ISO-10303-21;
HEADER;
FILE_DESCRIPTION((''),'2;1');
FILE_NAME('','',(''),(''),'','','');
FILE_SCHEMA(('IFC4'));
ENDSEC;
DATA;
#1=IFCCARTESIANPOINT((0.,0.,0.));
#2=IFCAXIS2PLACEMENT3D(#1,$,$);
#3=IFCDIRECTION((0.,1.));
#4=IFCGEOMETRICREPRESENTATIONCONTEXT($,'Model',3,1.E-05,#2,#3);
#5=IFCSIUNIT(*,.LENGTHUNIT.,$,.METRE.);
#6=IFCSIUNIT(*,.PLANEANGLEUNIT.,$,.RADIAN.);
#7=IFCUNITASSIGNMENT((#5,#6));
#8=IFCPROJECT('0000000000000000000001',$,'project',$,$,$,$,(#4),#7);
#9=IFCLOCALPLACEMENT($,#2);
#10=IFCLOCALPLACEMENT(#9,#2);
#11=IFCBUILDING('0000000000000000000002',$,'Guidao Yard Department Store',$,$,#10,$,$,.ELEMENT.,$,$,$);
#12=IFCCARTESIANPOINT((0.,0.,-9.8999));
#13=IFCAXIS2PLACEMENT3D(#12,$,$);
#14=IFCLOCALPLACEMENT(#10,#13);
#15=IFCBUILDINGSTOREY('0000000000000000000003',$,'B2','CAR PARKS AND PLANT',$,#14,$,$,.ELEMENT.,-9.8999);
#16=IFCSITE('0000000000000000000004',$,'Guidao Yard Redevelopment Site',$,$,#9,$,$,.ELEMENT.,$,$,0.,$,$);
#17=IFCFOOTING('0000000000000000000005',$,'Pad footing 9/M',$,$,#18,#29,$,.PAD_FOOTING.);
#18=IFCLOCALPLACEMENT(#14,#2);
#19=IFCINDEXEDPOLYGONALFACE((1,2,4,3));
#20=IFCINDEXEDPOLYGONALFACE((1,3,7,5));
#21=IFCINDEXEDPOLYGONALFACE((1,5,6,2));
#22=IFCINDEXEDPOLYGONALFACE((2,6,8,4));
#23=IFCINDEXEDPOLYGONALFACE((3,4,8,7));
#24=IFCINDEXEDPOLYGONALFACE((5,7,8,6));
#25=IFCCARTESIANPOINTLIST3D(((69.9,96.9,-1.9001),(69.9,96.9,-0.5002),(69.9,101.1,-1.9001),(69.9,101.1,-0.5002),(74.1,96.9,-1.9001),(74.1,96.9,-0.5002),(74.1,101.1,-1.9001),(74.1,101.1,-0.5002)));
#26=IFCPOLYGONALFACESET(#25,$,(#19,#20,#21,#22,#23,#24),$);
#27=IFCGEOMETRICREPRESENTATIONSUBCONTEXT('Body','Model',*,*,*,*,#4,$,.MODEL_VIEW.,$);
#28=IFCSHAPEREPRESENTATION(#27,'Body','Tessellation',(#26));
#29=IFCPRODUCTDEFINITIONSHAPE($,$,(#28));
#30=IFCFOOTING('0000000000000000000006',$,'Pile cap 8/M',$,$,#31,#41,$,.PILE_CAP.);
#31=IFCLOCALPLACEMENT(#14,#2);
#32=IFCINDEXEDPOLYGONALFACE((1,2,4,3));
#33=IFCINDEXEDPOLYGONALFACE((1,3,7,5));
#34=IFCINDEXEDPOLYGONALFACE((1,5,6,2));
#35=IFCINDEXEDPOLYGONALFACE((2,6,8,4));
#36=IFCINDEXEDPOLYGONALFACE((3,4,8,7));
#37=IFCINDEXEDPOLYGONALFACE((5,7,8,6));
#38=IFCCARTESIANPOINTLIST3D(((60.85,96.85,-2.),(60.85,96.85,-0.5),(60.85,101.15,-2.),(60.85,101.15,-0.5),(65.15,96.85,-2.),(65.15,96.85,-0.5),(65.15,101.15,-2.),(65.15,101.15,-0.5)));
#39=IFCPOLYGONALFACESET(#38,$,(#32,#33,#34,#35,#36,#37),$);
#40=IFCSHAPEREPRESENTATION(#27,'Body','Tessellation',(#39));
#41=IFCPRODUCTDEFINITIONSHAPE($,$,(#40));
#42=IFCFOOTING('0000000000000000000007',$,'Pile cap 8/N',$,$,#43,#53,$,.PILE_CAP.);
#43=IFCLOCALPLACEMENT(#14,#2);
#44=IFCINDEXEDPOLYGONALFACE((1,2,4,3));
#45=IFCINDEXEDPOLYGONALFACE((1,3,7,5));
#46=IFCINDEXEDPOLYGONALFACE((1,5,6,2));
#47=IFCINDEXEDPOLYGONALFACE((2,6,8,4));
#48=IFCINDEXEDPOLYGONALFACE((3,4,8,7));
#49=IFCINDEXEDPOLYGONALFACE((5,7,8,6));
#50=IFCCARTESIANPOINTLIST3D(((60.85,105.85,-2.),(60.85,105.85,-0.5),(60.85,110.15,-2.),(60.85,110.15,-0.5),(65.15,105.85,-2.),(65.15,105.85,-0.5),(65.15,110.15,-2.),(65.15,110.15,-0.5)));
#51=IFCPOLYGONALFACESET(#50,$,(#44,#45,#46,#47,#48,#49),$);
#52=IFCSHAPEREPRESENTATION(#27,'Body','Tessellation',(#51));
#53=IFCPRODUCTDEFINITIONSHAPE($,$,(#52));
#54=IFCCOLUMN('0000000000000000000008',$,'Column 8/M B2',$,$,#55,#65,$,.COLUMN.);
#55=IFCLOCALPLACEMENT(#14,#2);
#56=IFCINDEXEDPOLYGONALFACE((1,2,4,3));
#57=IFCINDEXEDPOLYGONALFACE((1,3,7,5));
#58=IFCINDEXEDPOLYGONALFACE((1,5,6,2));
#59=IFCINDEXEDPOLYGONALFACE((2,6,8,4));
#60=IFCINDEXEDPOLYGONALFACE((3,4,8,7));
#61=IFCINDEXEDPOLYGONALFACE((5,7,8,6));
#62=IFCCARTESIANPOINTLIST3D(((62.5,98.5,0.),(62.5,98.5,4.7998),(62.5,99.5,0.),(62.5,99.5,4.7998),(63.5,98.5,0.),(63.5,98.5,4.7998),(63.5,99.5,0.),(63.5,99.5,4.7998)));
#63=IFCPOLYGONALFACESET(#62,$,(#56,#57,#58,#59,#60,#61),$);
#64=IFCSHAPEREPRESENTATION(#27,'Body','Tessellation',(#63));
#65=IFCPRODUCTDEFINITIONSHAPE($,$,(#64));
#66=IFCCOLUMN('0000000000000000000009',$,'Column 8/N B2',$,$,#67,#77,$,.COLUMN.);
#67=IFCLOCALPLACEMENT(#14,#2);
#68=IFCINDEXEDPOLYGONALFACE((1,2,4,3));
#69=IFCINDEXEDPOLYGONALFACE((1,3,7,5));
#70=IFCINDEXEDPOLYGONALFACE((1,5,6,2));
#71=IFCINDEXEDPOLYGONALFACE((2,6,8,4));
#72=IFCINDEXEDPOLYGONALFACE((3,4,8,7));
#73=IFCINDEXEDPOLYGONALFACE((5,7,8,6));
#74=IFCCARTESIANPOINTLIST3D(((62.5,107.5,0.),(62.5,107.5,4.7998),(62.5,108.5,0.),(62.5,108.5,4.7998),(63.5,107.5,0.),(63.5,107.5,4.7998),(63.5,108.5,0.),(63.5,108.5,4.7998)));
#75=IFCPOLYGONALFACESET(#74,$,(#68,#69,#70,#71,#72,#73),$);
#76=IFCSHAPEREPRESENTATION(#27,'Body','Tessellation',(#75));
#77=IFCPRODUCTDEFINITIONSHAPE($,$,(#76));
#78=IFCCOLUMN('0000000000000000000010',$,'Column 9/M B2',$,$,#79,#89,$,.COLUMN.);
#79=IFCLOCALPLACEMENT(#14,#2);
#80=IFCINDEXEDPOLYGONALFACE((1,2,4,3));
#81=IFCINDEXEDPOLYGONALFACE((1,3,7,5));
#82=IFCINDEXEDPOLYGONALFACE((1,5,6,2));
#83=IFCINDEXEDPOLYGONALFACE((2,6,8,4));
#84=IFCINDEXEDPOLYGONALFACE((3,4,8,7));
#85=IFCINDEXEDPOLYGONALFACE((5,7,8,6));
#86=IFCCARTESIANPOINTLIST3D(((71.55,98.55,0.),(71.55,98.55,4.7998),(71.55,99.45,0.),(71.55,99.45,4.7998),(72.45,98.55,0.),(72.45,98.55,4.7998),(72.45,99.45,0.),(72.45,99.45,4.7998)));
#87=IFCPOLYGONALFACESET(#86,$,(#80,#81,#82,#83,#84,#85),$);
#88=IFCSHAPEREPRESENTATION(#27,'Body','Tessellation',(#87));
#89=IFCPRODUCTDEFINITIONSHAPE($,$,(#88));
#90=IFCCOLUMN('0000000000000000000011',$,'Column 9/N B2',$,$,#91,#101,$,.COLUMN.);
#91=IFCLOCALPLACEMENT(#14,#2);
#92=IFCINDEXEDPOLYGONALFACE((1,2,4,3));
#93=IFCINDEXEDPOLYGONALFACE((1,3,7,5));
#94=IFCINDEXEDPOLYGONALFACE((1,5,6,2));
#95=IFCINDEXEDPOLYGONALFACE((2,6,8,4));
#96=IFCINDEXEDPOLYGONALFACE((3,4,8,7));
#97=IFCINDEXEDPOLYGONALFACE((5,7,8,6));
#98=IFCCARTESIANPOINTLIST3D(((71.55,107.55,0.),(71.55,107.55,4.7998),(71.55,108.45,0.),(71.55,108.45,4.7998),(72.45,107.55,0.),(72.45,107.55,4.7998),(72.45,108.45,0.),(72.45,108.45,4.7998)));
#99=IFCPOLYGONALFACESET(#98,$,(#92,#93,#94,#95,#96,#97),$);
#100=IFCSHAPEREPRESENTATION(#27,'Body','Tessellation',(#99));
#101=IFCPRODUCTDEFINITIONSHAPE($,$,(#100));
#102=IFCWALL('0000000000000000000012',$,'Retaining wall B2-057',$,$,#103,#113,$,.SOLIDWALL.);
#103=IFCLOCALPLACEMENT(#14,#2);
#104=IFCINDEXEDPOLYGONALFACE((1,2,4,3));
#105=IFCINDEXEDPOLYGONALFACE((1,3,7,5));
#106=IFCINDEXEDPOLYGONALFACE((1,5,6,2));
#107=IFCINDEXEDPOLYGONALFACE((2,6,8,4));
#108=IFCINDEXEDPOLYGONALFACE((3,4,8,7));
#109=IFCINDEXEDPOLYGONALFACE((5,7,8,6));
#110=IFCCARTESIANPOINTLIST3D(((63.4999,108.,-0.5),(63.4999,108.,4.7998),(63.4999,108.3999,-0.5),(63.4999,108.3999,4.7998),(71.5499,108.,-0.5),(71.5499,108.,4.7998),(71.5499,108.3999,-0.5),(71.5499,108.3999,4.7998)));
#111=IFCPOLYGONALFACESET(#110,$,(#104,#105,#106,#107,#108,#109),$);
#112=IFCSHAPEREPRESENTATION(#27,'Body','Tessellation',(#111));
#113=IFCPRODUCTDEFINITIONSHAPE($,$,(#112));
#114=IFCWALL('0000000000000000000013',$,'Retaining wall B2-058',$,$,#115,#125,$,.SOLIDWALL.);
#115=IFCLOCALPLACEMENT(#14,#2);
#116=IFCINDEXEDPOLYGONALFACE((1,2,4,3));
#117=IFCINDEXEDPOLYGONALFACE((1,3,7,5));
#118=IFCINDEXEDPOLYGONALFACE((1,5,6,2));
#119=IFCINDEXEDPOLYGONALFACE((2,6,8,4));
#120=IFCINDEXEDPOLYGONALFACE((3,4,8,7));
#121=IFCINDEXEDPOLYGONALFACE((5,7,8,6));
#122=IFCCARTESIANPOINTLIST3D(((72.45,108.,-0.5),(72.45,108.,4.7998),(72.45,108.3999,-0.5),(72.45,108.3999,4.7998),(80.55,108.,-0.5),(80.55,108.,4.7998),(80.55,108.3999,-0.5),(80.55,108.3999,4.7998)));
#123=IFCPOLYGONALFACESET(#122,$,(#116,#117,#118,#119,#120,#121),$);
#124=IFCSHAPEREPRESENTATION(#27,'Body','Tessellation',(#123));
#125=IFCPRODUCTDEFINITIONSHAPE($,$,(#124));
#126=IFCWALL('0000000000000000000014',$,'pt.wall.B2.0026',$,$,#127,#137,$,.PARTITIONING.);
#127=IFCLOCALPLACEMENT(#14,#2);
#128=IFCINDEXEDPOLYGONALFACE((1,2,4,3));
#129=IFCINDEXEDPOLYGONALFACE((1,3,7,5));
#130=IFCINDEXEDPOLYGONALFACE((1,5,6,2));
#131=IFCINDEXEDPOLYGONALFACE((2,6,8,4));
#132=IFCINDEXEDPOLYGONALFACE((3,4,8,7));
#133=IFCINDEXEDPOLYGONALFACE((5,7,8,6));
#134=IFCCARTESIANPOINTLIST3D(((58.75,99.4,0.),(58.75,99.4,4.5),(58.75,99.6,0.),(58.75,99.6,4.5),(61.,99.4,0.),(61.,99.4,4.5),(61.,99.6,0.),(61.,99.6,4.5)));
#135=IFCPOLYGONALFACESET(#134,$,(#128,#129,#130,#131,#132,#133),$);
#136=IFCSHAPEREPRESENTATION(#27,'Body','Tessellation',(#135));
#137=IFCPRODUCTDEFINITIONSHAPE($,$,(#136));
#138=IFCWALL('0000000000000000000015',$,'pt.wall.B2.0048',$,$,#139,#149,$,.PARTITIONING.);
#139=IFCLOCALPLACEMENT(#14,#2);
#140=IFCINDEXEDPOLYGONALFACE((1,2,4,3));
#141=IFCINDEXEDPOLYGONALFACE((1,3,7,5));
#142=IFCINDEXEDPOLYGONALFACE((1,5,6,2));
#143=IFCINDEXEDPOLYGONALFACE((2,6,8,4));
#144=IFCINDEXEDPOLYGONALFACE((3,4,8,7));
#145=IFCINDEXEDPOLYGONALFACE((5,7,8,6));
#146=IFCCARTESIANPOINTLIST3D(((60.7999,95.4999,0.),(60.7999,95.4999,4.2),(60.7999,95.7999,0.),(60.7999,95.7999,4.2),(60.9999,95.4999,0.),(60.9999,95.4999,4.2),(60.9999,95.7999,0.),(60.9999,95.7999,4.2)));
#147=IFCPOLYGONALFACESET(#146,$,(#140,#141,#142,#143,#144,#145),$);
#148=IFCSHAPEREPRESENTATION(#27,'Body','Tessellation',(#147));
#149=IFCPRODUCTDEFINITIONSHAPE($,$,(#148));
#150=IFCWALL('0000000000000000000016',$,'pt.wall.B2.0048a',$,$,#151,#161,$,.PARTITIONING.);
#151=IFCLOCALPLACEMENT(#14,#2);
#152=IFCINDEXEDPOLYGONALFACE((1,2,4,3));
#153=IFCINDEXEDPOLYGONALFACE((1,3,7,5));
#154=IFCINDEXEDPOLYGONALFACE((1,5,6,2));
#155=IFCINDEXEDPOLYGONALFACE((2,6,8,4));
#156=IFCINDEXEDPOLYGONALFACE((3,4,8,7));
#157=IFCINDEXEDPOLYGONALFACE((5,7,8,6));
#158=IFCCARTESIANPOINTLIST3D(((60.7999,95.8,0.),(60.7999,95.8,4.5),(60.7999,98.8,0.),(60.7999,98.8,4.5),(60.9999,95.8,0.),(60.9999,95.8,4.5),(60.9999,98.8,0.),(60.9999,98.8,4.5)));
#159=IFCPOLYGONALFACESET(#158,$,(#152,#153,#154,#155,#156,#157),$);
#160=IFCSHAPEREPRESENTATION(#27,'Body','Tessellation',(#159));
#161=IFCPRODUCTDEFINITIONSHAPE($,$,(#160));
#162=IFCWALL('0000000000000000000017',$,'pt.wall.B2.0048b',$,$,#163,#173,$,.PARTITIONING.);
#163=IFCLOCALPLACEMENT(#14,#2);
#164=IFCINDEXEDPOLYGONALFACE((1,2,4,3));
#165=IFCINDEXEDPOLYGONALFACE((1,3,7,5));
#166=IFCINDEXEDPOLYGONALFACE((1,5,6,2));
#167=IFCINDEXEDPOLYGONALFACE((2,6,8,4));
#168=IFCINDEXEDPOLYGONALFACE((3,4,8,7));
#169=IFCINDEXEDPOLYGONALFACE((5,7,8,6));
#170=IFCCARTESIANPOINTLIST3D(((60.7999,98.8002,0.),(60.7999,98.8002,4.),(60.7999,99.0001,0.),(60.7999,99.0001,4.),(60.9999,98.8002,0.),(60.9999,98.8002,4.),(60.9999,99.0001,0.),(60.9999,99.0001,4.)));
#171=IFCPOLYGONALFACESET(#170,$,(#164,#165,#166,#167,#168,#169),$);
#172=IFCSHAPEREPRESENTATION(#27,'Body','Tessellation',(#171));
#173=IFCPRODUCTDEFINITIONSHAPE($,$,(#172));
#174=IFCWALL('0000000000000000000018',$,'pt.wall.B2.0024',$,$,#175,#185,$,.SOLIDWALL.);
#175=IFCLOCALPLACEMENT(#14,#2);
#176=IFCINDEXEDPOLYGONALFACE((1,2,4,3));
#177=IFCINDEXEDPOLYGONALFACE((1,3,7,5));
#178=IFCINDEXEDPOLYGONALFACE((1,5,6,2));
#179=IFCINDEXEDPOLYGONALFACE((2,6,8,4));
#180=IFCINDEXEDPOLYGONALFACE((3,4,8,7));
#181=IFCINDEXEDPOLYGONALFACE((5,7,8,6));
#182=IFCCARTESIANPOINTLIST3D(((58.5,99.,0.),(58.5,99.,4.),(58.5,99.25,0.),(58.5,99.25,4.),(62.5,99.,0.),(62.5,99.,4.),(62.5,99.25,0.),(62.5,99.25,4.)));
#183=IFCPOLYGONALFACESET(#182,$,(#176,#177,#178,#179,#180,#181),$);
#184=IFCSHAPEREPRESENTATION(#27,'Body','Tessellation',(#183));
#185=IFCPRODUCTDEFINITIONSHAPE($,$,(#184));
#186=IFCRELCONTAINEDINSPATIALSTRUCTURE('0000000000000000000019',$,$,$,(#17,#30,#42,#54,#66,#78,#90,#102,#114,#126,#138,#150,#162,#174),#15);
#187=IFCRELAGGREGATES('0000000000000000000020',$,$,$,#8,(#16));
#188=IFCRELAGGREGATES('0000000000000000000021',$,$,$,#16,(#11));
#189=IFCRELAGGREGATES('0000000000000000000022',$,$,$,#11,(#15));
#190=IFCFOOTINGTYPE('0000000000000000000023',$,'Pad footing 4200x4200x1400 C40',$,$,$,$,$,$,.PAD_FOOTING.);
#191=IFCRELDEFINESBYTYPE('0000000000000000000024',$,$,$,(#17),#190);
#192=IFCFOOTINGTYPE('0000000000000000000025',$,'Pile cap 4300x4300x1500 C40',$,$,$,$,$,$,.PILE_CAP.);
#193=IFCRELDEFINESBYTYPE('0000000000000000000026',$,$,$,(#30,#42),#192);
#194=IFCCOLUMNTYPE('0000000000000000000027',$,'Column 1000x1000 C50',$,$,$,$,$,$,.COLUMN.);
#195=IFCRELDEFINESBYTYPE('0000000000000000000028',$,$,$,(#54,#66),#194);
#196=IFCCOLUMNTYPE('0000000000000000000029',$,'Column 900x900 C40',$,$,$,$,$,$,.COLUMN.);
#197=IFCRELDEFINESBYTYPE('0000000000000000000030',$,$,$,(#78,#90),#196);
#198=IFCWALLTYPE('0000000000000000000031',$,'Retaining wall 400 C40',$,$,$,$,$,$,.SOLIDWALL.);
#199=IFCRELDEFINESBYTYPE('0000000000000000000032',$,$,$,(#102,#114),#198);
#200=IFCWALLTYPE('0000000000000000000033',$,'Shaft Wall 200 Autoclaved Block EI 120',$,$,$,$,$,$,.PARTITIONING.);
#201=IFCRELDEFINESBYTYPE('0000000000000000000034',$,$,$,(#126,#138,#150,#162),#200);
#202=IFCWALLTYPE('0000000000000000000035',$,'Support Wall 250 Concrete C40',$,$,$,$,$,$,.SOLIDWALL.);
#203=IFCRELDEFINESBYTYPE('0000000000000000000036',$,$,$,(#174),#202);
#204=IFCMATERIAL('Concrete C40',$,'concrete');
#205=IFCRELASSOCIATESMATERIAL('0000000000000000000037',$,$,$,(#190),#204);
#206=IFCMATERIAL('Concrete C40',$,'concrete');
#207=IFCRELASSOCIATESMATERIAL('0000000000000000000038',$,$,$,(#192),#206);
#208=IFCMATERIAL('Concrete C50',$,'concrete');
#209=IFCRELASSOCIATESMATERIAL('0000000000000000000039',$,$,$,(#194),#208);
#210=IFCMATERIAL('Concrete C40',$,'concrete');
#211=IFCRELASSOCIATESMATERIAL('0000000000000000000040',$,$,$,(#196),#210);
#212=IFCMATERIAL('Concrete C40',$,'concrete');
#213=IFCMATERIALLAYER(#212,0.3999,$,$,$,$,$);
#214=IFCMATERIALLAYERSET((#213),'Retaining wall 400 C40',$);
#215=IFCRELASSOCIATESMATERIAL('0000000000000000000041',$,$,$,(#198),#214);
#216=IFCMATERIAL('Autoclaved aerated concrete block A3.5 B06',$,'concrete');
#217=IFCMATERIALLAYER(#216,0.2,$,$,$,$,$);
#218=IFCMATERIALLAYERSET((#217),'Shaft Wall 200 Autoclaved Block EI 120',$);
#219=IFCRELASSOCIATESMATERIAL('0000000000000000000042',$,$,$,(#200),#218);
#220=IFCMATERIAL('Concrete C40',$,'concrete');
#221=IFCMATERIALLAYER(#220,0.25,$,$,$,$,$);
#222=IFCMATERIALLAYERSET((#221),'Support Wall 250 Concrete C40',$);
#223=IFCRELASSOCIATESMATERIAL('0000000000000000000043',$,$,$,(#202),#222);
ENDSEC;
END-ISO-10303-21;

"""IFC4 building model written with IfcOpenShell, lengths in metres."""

from ifc_helpers import new_model, si_unit, direction, frame, frame_2d, origin, origin_2d, place, context, subcontext, project, spatial, rectangle, extrude, material, layer, layer_set, material_profile, profile_set, type_object, element, save


model = new_model("IFC4")

# Units and contexts
model_context = context("Model", 3, precision=1e-05, world=origin(), true_north=direction((0.0, 1.0)))
body_context = subcontext(model_context, "Body", "Model", "MODEL_VIEW")
ifc_project = project(units=[si_unit("LENGTHUNIT", "METRE"), si_unit("PLANEANGLEUNIT", "RADIAN")], contexts=[model_context])

# Site, building, storey
site_placement = place(None, origin())
site = spatial("IfcSite", under=ifc_project, at=site_placement, Name="Guidao Yard Redevelopment Site", CompositionType="ELEMENT", RefElevation=0.0)
building_placement = place(site_placement, origin())
building = spatial("IfcBuilding", under=site, at=building_placement, Name="Guidao Yard Department Store", CompositionType="ELEMENT")
storey_placement = place(building_placement, frame((0.0, 0.0, -9.8999)))
storey = spatial("IfcBuildingStorey", under=building, at=storey_placement, Name="B2", Description="CAR PARKS AND PLANT", CompositionType="ELEMENT", Elevation=-9.8999)

# Footings
ifc_material_1 = material(Name="Concrete C40", Category="concrete")
footing_type_1 = type_object("IfcFootingType", Name="Pad footing 4200x4200x1400 C40", PredefinedType="PAD_FOOTING", material=ifc_material_1)
footing_1_placement = place(storey_placement, frame((72.0, 99.0, -1.9001), z_axis=(0.0, 0.0, 1.0), x_axis=(1.0, 0.0, 0.0)))
element("IfcFooting", 1, at=footing_1_placement, inside=storey, type_object=footing_type_1, Name="Pad footing 9/M", PredefinedType="PAD_FOOTING", context=body_context, shape_type="SweptSolid", body=[
    extrude(rectangle(XDim=4.2, YDim=4.2, at=origin_2d()), origin(), (0.0, 0.0, 1.0), 1.3999),
])
ifc_material_2 = material(Name="Concrete C40", Category="concrete")
footing_type_2 = type_object("IfcFootingType", Name="Pile cap 4300x4300x1500 C40", PredefinedType="PILE_CAP", material=ifc_material_2)
for number, where, z_axis, x_axis, name in (
    (2, (63.0, 99.0, -2.0), (0.0, 0.0, 1.0), (1.0, 0.0, 0.0), "Pile cap 8/M"),
    (3, (63.0, 108.0, -2.0), (0.0, 0.0, 1.0), (1.0, 0.0, 0.0), "Pile cap 8/N"),
):
    element("IfcFooting", number, at=place(storey_placement, frame(where, z_axis=z_axis, x_axis=x_axis)), inside=storey, type_object=footing_type_2, Name=name, PredefinedType="PILE_CAP", context=body_context, shape_type="SweptSolid", body=[
        extrude(rectangle(XDim=4.3, YDim=4.3, at=origin_2d()), origin(), (0.0, 0.0, 1.0), 1.5),
    ])

# Columns
ifc_material_3 = material(Name="Concrete C50", Category="concrete")
ifc_material_profile_1 = material_profile(ifc_material_3, rectangle(XDim=1.0, YDim=1.0, at=origin_2d()), Name="COL 1000x1000")
ifc_profile_set_1 = profile_set([ifc_material_profile_1], Name="Concrete C50")
column_type_1 = type_object("IfcColumnType", Name="Column 1000x1000 C50", PredefinedType="COLUMN", material=ifc_profile_set_1)
for number, where, z_axis, x_axis, name in (
    (4, (63.0, 99.0, 0.0), (0.0, 0.0, 1.0), (1.0, 0.0, 0.0), "Column 8/M B2"),
    (5, (63.0, 108.0, 0.0), (0.0, 0.0, 1.0), (1.0, 0.0, 0.0), "Column 8/N B2"),
):
    element("IfcColumn", number, at=place(storey_placement, frame(where, z_axis=z_axis, x_axis=x_axis)), inside=storey, type_object=column_type_1, Name=name, PredefinedType="COLUMN", context=body_context, shape_type="SweptSolid", body=[
        extrude(rectangle(XDim=1.0, YDim=1.0, at=origin_2d()), origin(), (0.0, 0.0, 1.0), 4.7998),
    ])
ifc_material_4 = material(Name="Concrete C40", Category="concrete")
ifc_material_profile_2 = material_profile(ifc_material_4, rectangle(XDim=0.8999, YDim=0.8999, at=origin_2d()), Name="COL 900x900")
ifc_profile_set_2 = profile_set([ifc_material_profile_2], Name="Concrete C40")
column_type_2 = type_object("IfcColumnType", Name="Column 900x900 C40", PredefinedType="COLUMN", material=ifc_profile_set_2)
for number, where, z_axis, x_axis, name in (
    (6, (72.0, 99.0, 0.0), (0.0, 0.0, 1.0), (1.0, 0.0, 0.0), "Column 9/M B2"),
    (7, (72.0, 108.0, 0.0), (0.0, 0.0, 1.0), (1.0, 0.0, 0.0), "Column 9/N B2"),
):
    element("IfcColumn", number, at=place(storey_placement, frame(where, z_axis=z_axis, x_axis=x_axis)), inside=storey, type_object=column_type_2, Name=name, PredefinedType="COLUMN", context=body_context, shape_type="SweptSolid", body=[
        extrude(rectangle(XDim=0.8999, YDim=0.8999, at=origin_2d()), origin(), (0.0, 0.0, 1.0), 4.7998),
    ])

# Walls
ifc_material_5 = material(Name="Concrete C40", Category="concrete")
ifc_layer_1 = layer(ifc_material_5, 0.3999)
ifc_layer_set_1 = layer_set([ifc_layer_1], Name="Retaining wall 400 C40")
wall_type_1 = type_object("IfcWallType", Name="Retaining wall 400 C40", PredefinedType="SOLIDWALL", material=ifc_layer_set_1)
wall_1_placement = place(storey_placement, frame((63.5, 108.2, -0.5), z_axis=(0.0, 0.0, 1.0), x_axis=(1.0, 0.0, 0.0)))
element("IfcWall", 8, at=wall_1_placement, inside=storey, type_object=wall_type_1, Name="Retaining wall B2-057", PredefinedType="SOLIDWALL", context=body_context, shape_type="SweptSolid", body=[
    extrude(rectangle(XDim=8.05, YDim=0.3999, at=frame_2d((4.0249, 0.0))), origin(), (0.0, 0.0, 1.0), 5.2998),
])
wall_2_placement = place(storey_placement, frame((72.45, 108.2, -0.5), z_axis=(0.0, 0.0, 1.0), x_axis=(1.0, 0.0, 0.0)))
element("IfcWall", 9, at=wall_2_placement, inside=storey, type_object=wall_type_1, Name="Retaining wall B2-058", PredefinedType="SOLIDWALL", context=body_context, shape_type="SweptSolid", body=[
    extrude(rectangle(XDim=8.1001, YDim=0.3999, at=frame_2d((4.05, 0.0))), origin(), (0.0, 0.0, 1.0), 5.2998),
])
ifc_material_6 = material(Name="Autoclaved aerated concrete block A3.5 B06", Category="concrete")
ifc_layer_2 = layer(ifc_material_6, 0.2)
ifc_layer_set_2 = layer_set([ifc_layer_2], Name="Shaft Wall 200 Autoclaved Block EI 120")
wall_type_2 = type_object("IfcWallType", Name="Shaft Wall 200 Autoclaved Block EI 120", PredefinedType="PARTITIONING", material=ifc_layer_set_2)
wall_3_placement = place(storey_placement, frame((58.75, 99.5, 0.0), z_axis=(0.0, 0.0, 1.0), x_axis=(1.0, 0.0, 0.0)))
element("IfcWall", 10, at=wall_3_placement, inside=storey, type_object=wall_type_2, Name="pt.wall.B2.0026", PredefinedType="PARTITIONING", context=body_context, shape_type="SweptSolid", body=[
    extrude(rectangle(XDim=2.25, YDim=0.2, at=frame_2d((1.125, 0.0))), origin(), (0.0, 0.0, 1.0), 4.5),
])
wall_4_placement = place(storey_placement, frame((60.8999, 95.5, 0.0), z_axis=(0.0, 0.0, 1.0), x_axis=(0.0, 1.0, 0.0)))
element("IfcWall", 11, at=wall_4_placement, inside=storey, type_object=wall_type_2, Name="pt.wall.B2.0048", PredefinedType="PARTITIONING", context=body_context, shape_type="SweptSolid", body=[
    extrude(rectangle(XDim=0.3, YDim=0.2, at=frame_2d((0.1499, 0.0))), origin(), (0.0, 0.0, 1.0), 4.2),
])
wall_5_placement = place(storey_placement, frame((60.8999, 95.8, 0.0), z_axis=(0.0, 0.0, 1.0), x_axis=(0.0, 1.0, 0.0)))
element("IfcWall", 12, at=wall_5_placement, inside=storey, type_object=wall_type_2, Name="pt.wall.B2.0048a", PredefinedType="PARTITIONING", context=body_context, shape_type="SweptSolid", body=[
    extrude(rectangle(XDim=3.0, YDim=0.2, at=frame_2d((1.5, 0.0))), origin(), (0.0, 0.0, 1.0), 4.5),
])
wall_6_placement = place(storey_placement, frame((60.8999, 98.8, 0.0), z_axis=(0.0, 0.0, 1.0), x_axis=(0.0, 1.0, 0.0)))
element("IfcWall", 13, at=wall_6_placement, inside=storey, type_object=wall_type_2, Name="pt.wall.B2.0048b", PredefinedType="PARTITIONING", context=body_context, shape_type="SweptSolid", body=[
    extrude(rectangle(XDim=0.2, YDim=0.2, at=frame_2d((0.1001, 0.0))), origin(), (0.0, 0.0, 1.0), 4.0),
])
ifc_material_7 = material(Name="Concrete C40", Category="concrete")
ifc_layer_3 = layer(ifc_material_7, 0.25)
ifc_layer_set_3 = layer_set([ifc_layer_3], Name="Support Wall 250 Concrete C40")
wall_type_3 = type_object("IfcWallType", Name="Support Wall 250 Concrete C40", PredefinedType="SOLIDWALL", material=ifc_layer_set_3)
wall_7_placement = place(storey_placement, frame((58.5, 99.125, 0.0), z_axis=(0.0, 0.0, 1.0), x_axis=(1.0, 0.0, 0.0)))
element("IfcWall", 14, at=wall_7_placement, inside=storey, type_object=wall_type_3, Name="pt.wall.B2.0024", PredefinedType="SOLIDWALL", context=body_context, shape_type="SweptSolid", body=[
    extrude(rectangle(XDim=4.0, YDim=0.25, at=frame_2d((2.0, 0.0))), origin(), (0.0, 0.0, 1.0), 4.0),
])

save(model, "model.ifc")
